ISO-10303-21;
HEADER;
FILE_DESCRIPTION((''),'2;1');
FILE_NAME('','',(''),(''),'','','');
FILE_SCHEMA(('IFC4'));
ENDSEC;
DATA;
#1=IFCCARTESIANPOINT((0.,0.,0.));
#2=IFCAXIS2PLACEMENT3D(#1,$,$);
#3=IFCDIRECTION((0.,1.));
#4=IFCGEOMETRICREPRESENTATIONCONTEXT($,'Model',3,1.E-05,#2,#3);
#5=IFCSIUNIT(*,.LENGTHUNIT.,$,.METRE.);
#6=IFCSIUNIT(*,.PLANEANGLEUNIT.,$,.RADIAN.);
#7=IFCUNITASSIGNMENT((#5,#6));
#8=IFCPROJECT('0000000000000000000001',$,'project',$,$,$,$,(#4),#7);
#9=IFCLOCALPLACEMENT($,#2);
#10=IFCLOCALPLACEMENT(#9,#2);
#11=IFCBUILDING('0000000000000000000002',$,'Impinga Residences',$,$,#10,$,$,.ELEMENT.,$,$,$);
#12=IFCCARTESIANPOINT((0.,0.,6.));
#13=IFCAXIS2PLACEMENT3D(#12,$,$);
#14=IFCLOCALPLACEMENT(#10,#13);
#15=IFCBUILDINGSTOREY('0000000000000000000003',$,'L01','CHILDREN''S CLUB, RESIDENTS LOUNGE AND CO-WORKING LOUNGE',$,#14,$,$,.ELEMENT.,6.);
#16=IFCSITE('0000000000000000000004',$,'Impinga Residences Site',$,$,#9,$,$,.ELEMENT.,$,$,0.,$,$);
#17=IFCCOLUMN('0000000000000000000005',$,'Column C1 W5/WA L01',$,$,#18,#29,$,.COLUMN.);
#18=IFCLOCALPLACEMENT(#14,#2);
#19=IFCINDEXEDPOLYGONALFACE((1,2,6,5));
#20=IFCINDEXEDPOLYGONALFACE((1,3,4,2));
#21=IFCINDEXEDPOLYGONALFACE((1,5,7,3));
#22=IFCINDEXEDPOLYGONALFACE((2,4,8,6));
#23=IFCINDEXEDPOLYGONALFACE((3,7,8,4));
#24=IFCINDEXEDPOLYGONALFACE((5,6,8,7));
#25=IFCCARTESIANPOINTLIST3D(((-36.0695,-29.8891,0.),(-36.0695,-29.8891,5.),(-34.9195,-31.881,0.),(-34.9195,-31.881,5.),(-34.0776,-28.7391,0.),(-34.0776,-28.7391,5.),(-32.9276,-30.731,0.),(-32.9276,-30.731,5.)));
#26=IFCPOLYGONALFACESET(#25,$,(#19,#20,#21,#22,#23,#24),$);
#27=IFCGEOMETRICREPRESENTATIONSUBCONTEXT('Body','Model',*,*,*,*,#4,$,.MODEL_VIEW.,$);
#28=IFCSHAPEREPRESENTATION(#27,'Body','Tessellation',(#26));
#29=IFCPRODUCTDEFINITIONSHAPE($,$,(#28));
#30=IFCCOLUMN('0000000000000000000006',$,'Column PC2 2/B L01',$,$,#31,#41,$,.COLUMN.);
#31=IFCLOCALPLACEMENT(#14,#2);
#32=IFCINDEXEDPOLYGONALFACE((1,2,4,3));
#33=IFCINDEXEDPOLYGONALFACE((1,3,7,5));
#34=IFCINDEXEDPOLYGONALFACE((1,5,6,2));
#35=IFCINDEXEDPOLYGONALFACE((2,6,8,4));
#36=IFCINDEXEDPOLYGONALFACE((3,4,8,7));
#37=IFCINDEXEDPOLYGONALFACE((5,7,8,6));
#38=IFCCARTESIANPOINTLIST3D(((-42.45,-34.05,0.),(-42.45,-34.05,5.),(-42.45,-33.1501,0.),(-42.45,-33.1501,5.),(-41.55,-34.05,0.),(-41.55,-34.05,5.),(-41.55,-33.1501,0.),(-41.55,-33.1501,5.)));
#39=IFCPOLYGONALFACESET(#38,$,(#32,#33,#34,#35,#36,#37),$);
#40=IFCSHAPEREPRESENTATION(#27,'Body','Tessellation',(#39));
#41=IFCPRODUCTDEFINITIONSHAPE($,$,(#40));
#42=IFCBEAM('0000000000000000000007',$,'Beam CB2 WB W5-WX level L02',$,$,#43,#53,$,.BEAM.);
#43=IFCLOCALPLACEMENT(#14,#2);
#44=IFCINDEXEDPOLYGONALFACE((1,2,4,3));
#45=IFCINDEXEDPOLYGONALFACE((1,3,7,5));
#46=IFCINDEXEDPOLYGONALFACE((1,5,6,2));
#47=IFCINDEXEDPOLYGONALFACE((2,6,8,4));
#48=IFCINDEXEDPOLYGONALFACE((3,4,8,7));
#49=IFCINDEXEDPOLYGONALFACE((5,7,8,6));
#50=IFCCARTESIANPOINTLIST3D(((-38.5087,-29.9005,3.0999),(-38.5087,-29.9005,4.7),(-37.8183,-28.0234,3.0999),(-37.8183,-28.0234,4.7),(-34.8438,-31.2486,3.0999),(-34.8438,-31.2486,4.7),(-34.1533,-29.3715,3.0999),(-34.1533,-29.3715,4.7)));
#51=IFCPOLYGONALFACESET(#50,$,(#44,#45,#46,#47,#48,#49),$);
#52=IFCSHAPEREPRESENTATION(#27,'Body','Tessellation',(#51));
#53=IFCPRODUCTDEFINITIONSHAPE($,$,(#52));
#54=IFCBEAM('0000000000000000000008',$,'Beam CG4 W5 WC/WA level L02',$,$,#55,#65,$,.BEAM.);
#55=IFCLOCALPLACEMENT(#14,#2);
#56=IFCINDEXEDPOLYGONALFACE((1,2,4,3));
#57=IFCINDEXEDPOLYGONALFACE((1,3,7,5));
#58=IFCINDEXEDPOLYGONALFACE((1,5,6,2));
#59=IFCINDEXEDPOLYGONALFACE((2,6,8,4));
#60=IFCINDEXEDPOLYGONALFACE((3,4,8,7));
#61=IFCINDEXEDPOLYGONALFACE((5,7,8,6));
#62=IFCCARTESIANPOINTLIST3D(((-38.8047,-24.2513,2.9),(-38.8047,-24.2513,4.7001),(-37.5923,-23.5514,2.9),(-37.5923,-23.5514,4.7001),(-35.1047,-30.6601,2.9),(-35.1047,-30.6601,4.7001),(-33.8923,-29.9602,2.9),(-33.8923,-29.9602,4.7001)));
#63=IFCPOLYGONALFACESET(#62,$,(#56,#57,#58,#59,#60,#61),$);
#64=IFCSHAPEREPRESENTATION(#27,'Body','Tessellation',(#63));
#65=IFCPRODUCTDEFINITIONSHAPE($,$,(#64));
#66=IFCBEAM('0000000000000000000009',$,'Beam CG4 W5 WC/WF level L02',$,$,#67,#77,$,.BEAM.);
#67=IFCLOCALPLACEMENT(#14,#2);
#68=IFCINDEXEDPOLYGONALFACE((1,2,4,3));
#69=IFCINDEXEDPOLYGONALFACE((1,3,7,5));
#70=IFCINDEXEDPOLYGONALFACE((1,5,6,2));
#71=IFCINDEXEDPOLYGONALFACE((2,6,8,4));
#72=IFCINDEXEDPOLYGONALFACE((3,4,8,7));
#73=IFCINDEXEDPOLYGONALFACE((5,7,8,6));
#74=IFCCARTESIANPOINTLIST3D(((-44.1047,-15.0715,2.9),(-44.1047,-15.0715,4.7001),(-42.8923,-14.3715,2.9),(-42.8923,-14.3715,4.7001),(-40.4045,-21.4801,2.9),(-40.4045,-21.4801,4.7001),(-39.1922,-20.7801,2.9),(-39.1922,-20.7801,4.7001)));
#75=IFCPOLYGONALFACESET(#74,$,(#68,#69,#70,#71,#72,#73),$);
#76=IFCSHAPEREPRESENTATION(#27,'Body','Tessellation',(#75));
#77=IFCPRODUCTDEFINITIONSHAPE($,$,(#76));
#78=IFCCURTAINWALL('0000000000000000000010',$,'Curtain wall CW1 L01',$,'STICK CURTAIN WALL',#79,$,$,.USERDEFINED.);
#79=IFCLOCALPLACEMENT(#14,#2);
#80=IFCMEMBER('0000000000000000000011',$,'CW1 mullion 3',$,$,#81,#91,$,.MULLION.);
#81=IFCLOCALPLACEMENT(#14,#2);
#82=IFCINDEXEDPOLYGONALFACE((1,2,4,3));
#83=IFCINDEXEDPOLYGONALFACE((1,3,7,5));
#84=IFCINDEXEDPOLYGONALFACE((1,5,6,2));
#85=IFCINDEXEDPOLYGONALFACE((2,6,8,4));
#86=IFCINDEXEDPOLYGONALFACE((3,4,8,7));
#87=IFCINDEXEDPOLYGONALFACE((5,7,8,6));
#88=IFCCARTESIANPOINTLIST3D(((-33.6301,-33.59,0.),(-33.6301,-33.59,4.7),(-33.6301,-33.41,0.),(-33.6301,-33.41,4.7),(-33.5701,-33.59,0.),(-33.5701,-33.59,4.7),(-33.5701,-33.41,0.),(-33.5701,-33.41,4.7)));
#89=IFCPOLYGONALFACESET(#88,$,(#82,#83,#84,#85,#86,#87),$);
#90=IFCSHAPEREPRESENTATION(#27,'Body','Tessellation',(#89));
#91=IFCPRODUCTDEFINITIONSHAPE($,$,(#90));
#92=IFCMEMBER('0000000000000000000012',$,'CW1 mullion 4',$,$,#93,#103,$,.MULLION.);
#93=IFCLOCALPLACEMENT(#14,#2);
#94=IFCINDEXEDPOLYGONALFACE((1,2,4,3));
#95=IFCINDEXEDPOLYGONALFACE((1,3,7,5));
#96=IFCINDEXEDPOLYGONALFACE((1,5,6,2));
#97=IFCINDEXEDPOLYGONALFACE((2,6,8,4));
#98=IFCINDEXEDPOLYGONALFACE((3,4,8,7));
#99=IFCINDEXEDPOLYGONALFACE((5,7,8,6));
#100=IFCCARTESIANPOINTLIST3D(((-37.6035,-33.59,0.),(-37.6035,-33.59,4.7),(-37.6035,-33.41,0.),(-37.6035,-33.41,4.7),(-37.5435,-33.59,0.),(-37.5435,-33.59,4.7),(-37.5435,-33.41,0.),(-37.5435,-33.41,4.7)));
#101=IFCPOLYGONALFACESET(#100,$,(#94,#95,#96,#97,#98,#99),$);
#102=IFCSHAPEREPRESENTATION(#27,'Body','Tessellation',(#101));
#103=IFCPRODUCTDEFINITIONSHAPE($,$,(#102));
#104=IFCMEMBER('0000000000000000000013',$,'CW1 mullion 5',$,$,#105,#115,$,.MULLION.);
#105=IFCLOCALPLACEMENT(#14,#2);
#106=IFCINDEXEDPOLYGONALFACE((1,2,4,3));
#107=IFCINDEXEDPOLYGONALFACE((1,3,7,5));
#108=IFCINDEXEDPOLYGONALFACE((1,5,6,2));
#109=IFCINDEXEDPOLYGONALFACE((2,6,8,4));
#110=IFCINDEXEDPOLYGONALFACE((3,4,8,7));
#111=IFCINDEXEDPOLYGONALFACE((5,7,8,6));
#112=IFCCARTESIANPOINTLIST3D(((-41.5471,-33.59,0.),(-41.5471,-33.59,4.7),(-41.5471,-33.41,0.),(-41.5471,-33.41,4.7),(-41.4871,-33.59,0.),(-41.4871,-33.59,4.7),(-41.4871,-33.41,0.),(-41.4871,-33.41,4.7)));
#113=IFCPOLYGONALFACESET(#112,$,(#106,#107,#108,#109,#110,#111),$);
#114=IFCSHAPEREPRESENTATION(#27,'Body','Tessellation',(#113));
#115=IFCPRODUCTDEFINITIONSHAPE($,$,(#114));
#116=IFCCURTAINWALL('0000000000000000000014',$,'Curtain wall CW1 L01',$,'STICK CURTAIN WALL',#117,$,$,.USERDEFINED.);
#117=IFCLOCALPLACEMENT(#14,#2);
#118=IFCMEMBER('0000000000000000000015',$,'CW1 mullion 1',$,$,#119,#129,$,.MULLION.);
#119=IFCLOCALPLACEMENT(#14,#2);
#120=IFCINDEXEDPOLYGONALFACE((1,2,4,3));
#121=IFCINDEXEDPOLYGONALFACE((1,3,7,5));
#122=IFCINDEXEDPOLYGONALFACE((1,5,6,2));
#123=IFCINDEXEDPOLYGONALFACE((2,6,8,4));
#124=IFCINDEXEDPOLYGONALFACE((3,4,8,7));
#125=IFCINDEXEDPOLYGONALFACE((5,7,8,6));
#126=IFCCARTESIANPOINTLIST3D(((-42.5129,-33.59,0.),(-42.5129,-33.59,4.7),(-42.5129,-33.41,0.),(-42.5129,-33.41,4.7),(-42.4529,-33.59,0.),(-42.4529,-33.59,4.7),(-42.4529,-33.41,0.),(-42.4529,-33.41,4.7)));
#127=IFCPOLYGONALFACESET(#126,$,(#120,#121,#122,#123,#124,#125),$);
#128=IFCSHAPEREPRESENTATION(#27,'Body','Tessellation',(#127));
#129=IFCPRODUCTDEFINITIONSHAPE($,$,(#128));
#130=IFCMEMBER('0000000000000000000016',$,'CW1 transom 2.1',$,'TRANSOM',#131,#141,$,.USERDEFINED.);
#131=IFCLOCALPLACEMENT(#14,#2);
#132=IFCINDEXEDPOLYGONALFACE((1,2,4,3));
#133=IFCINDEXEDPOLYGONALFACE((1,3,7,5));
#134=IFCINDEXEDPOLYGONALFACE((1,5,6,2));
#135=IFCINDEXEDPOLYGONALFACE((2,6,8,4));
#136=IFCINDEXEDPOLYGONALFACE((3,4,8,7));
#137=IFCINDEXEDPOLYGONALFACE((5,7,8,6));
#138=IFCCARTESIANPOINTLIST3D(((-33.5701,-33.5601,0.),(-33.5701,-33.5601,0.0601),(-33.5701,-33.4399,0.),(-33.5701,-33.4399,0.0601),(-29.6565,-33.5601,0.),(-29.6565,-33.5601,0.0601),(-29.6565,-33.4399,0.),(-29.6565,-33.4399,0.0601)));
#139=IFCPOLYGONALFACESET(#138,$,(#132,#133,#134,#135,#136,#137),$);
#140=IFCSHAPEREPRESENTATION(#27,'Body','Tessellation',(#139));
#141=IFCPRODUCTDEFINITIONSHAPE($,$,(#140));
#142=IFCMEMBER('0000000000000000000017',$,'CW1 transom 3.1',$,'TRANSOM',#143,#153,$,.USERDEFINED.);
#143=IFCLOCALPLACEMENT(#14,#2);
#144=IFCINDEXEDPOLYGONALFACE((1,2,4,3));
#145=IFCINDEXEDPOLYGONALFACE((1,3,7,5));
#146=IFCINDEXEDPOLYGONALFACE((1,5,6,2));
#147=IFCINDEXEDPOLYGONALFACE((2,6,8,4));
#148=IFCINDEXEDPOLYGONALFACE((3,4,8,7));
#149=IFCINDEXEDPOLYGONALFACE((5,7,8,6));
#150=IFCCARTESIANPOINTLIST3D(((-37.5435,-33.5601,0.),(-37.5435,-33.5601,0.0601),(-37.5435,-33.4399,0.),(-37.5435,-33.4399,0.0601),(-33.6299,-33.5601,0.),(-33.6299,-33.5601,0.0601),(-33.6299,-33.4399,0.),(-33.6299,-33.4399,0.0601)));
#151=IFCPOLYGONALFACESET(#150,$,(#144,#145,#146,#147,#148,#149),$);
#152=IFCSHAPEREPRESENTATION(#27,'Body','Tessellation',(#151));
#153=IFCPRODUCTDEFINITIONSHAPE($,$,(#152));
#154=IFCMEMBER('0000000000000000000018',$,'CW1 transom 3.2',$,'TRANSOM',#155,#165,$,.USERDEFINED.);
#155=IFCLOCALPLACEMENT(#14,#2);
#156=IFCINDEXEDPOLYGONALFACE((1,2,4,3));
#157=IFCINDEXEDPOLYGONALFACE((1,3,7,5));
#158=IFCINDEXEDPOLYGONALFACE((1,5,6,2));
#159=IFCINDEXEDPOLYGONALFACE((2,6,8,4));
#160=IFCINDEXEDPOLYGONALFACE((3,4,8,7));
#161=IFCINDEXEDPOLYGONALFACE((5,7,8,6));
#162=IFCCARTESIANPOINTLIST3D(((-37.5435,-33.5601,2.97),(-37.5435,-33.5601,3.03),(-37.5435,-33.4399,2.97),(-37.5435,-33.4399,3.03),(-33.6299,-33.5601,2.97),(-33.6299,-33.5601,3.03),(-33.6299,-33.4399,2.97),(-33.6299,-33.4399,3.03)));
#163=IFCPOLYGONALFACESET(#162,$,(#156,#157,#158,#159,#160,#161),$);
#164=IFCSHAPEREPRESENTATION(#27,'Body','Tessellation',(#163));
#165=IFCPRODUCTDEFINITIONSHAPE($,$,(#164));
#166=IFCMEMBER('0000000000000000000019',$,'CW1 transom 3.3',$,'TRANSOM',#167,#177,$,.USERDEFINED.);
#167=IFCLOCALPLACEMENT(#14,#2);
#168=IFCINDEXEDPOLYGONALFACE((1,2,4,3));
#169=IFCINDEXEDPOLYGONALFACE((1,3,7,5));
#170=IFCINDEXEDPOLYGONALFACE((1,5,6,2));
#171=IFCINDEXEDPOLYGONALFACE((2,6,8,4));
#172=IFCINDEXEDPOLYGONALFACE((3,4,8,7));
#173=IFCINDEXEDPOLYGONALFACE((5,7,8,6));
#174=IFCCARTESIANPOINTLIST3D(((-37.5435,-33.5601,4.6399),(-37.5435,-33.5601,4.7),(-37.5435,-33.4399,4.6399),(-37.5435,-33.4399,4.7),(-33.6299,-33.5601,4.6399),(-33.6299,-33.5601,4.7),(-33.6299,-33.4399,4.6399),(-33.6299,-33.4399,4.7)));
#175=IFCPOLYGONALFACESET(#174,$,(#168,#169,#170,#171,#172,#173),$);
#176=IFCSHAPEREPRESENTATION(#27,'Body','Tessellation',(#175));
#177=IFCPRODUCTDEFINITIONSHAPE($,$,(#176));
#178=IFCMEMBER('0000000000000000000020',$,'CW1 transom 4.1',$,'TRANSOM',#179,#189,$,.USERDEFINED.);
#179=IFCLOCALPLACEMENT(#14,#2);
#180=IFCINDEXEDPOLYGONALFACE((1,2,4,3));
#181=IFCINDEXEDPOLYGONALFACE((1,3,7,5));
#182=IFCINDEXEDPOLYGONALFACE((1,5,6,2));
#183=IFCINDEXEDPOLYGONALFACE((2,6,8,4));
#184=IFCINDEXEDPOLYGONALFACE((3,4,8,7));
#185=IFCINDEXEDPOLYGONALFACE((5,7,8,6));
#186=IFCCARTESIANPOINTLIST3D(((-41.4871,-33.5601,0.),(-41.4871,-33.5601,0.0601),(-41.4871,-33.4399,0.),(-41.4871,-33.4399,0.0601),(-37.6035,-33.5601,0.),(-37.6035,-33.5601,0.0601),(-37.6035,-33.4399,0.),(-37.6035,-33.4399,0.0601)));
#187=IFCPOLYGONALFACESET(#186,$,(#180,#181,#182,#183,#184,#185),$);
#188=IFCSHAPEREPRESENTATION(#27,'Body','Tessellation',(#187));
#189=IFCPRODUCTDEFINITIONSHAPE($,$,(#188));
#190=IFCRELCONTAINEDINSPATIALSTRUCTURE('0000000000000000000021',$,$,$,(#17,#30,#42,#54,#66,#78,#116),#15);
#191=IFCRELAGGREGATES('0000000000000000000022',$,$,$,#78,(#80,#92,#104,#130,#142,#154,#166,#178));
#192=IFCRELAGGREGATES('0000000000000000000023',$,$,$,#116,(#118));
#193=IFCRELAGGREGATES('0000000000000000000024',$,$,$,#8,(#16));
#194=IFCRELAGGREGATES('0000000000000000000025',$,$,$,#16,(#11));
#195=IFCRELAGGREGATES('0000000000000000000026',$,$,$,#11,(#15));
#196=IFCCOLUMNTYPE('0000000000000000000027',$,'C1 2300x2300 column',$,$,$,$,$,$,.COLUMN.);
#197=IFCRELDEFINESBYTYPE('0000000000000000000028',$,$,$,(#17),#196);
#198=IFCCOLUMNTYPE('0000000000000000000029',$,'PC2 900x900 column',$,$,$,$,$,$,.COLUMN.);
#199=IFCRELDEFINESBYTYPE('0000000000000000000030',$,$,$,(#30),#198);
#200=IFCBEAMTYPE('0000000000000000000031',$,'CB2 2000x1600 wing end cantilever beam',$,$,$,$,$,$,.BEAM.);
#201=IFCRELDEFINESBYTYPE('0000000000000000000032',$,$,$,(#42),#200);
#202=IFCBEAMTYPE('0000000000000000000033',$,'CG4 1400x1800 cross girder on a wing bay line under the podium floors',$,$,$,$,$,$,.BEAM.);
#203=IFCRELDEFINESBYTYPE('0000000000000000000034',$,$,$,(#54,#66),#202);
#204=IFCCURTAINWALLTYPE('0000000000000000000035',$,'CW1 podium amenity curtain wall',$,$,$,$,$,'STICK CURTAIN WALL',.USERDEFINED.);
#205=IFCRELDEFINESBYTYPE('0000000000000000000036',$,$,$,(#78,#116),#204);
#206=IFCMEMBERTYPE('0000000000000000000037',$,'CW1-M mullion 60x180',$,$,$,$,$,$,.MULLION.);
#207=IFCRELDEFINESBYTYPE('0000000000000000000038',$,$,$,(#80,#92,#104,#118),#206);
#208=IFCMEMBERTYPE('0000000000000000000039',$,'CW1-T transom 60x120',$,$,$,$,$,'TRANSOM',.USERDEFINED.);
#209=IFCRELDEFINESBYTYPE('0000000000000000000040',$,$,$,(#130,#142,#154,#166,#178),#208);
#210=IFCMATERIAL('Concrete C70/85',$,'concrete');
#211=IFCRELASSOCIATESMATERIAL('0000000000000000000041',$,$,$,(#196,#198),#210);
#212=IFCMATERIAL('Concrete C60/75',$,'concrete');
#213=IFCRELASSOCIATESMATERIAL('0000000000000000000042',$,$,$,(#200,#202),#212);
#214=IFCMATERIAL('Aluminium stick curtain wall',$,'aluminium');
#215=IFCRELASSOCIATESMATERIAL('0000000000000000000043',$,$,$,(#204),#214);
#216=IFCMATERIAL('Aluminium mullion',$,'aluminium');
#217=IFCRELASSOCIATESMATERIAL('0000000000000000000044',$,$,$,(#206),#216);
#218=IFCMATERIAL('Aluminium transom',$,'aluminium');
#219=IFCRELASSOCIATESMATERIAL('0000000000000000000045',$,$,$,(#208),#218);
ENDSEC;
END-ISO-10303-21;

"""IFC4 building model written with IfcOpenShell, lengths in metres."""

from ifc_helpers import new_model, si_unit, direction, frame, origin, origin_2d, place, context, subcontext, project, spatial, rectangle, extrude, material, material_profile, profile_set, type_object, element, aggregate, save


model = new_model("IFC4")

# Units and contexts
model_context = context("Model", 3, precision=1e-05, world=origin(), true_north=direction((0.0, 1.0)))
body_context = subcontext(model_context, "Body", "Model", "MODEL_VIEW")
ifc_project = project(units=[si_unit("LENGTHUNIT", "METRE"), si_unit("PLANEANGLEUNIT", "RADIAN")], contexts=[model_context])

# Site, building, storey
site_placement = place(None, origin())
site = spatial("IfcSite", under=ifc_project, at=site_placement, Name="Impinga Residences Site", CompositionType="ELEMENT", RefElevation=0.0)
building_placement = place(site_placement, origin())
building = spatial("IfcBuilding", under=site, at=building_placement, Name="Impinga Residences", CompositionType="ELEMENT")
storey_placement = place(building_placement, frame((0.0, 0.0, 6.0)))
storey = spatial("IfcBuildingStorey", under=building, at=storey_placement, Name="L01", Description="CHILDREN'S CLUB, RESIDENTS LOUNGE AND CO-WORKING LOUNGE", CompositionType="ELEMENT", Elevation=6.0)

# Columns
ifc_material_1 = material(Name="Concrete C70/85", Category="concrete")
ifc_material_profile_1 = material_profile(ifc_material_1, rectangle(XDim=2.3, YDim=2.3, at=origin_2d()), Name="RC 2300x2300")
ifc_profile_set_1 = profile_set([ifc_material_profile_1], Name="Concrete C70/85")
column_type_1 = type_object("IfcColumnType", Name="C1 2300x2300 column", PredefinedType="COLUMN", material=ifc_profile_set_1)
column_1_placement = place(storey_placement, frame((-34.4985, -30.3101, 0.0), z_axis=(0.0, 0.0, 1.0), x_axis=(-0.5, 0.866025, 0.0)))
element("IfcColumn", 1, at=column_1_placement, inside=storey, type_object=column_type_1, Name="Column C1 W5/WA L01", PredefinedType="COLUMN", context=body_context, shape_type="SweptSolid", body=[
    extrude(rectangle(XDim=2.3, YDim=2.3, at=origin_2d()), origin(), (0.0, 0.0, 1.0), 5.0),
])
ifc_material_profile_2 = material_profile(ifc_material_1, rectangle(XDim=0.8999, YDim=0.8999, at=origin_2d()), Name="RC 900x900")
ifc_profile_set_2 = profile_set([ifc_material_profile_2], Name="Concrete C70/85")
column_type_2 = type_object("IfcColumnType", Name="PC2 900x900 column", PredefinedType="COLUMN", material=ifc_profile_set_2)
column_2_placement = place(storey_placement, frame((-42.0, -33.6001, 0.0), z_axis=(0.0, 0.0, 1.0), x_axis=(1.0, 0.0, 0.0)))
element("IfcColumn", 2, at=column_2_placement, inside=storey, type_object=column_type_2, Name="Column PC2 2/B L01", PredefinedType="COLUMN", context=body_context, shape_type="SweptSolid", body=[
    extrude(rectangle(XDim=0.8999, YDim=0.8999, at=origin_2d()), origin(), (0.0, 0.0, 1.0), 5.0),
])

# Beams
ifc_material_2 = material(Name="Concrete C60/75", Category="concrete")
ifc_material_profile_3 = material_profile(ifc_material_2, rectangle(XDim=2.0, YDim=1.6001, at=origin_2d()), Name="RC 2000x1600")
ifc_profile_set_3 = profile_set([ifc_material_profile_3], Name="Concrete C60/75")
beam_type_1 = type_object("IfcBeamType", Name="CB2 2000x1600 wing end cantilever beam", PredefinedType="BEAM", material=ifc_profile_set_3)
beam_placement = place(storey_placement, frame((-34.4985, -30.3101, 3.8999), z_axis=(-0.93852, 0.345224, 0.0), x_axis=(-0.345224, -0.93852, 0.0)))
element("IfcBeam", 3, at=beam_placement, inside=storey, type_object=beam_type_1, Name="Beam CB2 WB W5-WX level L02", PredefinedType="BEAM", context=body_context, shape_type="SweptSolid", body=[
    extrude(rectangle(XDim=2.0, YDim=1.6001, at=origin_2d()), origin(), (0.0, 0.0, 1.0), 3.905),
])
ifc_material_profile_4 = material_profile(ifc_material_2, rectangle(XDim=1.3999, YDim=1.8, at=origin_2d()), Name="RC 1400x1800")
ifc_profile_set_4 = profile_set([ifc_material_profile_4], Name="Concrete C60/75")
beam_type_2 = type_object("IfcBeamType", Name="CG4 1400x1800 cross girder on a wing bay line under the podium floors", PredefinedType="BEAM", material=ifc_profile_set_4)
for number, where, z_axis, x_axis, name in (
    (4, (-38.1985, -23.9014, 3.8), (0.499989, -0.866032, 0.0), (0.866032, 0.499989, 0.0), "Beam CG4 W5 WC/WA level L02"),
    (5, (-39.7983, -21.1301, 3.8), (-0.500014, 0.866017, 0.0), (-0.866017, -0.500014, 0.0), "Beam CG4 W5 WC/WF level L02"),
):
    element("IfcBeam", number, at=place(storey_placement, frame(where, z_axis=z_axis, x_axis=x_axis)), inside=storey, type_object=beam_type_2, Name=name, PredefinedType="BEAM", context=body_context, shape_type="SweptSolid", body=[
        extrude(rectangle(XDim=1.3999, YDim=1.8, at=origin_2d()), origin(), (0.0, 0.0, 1.0), 7.4001),
    ])

# Curtain wall, members
ifc_material_3 = material(Name="Aluminium stick curtain wall", Category="aluminium")
curtain_wall_type = type_object("IfcCurtainWallType", Name="CW1 podium amenity curtain wall", ElementType="STICK CURTAIN WALL", PredefinedType="USERDEFINED", material=ifc_material_3)
curtain_wall_1_placement = place(storey_placement, origin())
curtain_wall_1 = element("IfcCurtainWall", 6, at=curtain_wall_1_placement, inside=storey, type_object=curtain_wall_type, Name="Curtain wall CW1 L01", ObjectType="STICK CURTAIN WALL", PredefinedType="USERDEFINED")
ifc_material_4 = material(Name="Aluminium mullion", Category="aluminium")
ifc_material_profile_5 = material_profile(ifc_material_4, rectangle(XDim=0.0601, YDim=0.1799, at=origin_2d()), Name="60x180 mullion")
ifc_profile_set_5 = profile_set([ifc_material_profile_5], Name="Aluminium mullion")
member_type_1 = type_object("IfcMemberType", Name="CW1-M mullion 60x180", PredefinedType="MULLION", material=ifc_profile_set_5)
member_1_placement = place(storey_placement, frame((-33.6001, -33.5, 0.0), z_axis=(0.0, 0.0, 1.0), x_axis=(-1.0, 0.0, 0.0)))
member_1 = element("IfcMember", 7, at=member_1_placement, type_object=member_type_1, Name="CW1 mullion 3", PredefinedType="MULLION", context=body_context, shape_type="SweptSolid", body=[
    extrude(rectangle(XDim=0.0601, YDim=0.1799, at=origin_2d()), origin(), (0.0, 0.0, 1.0), 4.7),
])
member_2_placement = place(storey_placement, frame((-37.5735, -33.5, 0.0), z_axis=(0.0, 0.0, 1.0), x_axis=(-1.0, 0.0, 0.0)))
member_2 = element("IfcMember", 8, at=member_2_placement, type_object=member_type_1, Name="CW1 mullion 4", PredefinedType="MULLION", context=body_context, shape_type="SweptSolid", body=[
    extrude(rectangle(XDim=0.0601, YDim=0.1799, at=origin_2d()), origin(), (0.0, 0.0, 1.0), 4.7),
])
member_3_placement = place(storey_placement, frame((-41.5171, -33.5, 0.0), z_axis=(0.0, 0.0, 1.0), x_axis=(-1.0, 0.0, 0.0)))
member_3 = element("IfcMember", 9, at=member_3_placement, type_object=member_type_1, Name="CW1 mullion 5", PredefinedType="MULLION", context=body_context, shape_type="SweptSolid", body=[
    extrude(rectangle(XDim=0.0601, YDim=0.1799, at=origin_2d()), origin(), (0.0, 0.0, 1.0), 4.7),
])

# Curtain wall, member
curtain_wall_2_placement = place(storey_placement, origin())
curtain_wall_2 = element("IfcCurtainWall", 10, at=curtain_wall_2_placement, inside=storey, type_object=curtain_wall_type, Name="Curtain wall CW1 L01", ObjectType="STICK CURTAIN WALL", PredefinedType="USERDEFINED")
member_4_placement = place(storey_placement, frame((-42.4829, -33.5, 0.0), z_axis=(0.0, 0.0, 1.0), x_axis=(-1.0, 0.0, 0.0)))
member_4 = element("IfcMember", 11, at=member_4_placement, type_object=member_type_1, Name="CW1 mullion 1", PredefinedType="MULLION", context=body_context, shape_type="SweptSolid", body=[
    extrude(rectangle(XDim=0.0601, YDim=0.1799, at=origin_2d()), origin(), (0.0, 0.0, 1.0), 4.7),
])

# Members
ifc_material_5 = material(Name="Aluminium transom", Category="aluminium")
ifc_material_profile_6 = material_profile(ifc_material_5, rectangle(XDim=0.0601, YDim=0.1201, at=origin_2d()), Name="60x120 transom")
ifc_profile_set_6 = profile_set([ifc_material_profile_6], Name="Aluminium transom")
member_type_2 = type_object("IfcMemberType", Name="CW1-T transom 60x120", ElementType="TRANSOM", PredefinedType="USERDEFINED", material=ifc_profile_set_6)
member_5_placement = place(storey_placement, frame((-29.6565, -33.5, 0.03), z_axis=(-1.0, 0.0, 0.0), x_axis=(0.0, 0.0, 1.0)))
member_5 = element("IfcMember", 12, at=member_5_placement, type_object=member_type_2, Name="CW1 transom 2.1", ObjectType="TRANSOM", PredefinedType="USERDEFINED", context=body_context, shape_type="SweptSolid", body=[
    extrude(rectangle(XDim=0.0601, YDim=0.1201, at=origin_2d()), origin(), (0.0, 0.0, 1.0), 3.9136),
])
member_6_placement = place(storey_placement, frame((-33.6299, -33.5, 0.03), z_axis=(-1.0, 0.0, 0.0), x_axis=(0.0, 0.0, 1.0)))
member_6 = element("IfcMember", 13, at=member_6_placement, type_object=member_type_2, Name="CW1 transom 3.1", ObjectType="TRANSOM", PredefinedType="USERDEFINED", context=body_context, shape_type="SweptSolid", body=[
    extrude(rectangle(XDim=0.0601, YDim=0.1201, at=origin_2d()), origin(), (0.0, 0.0, 1.0), 3.9136),
])
member_7_placement = place(storey_placement, frame((-33.6299, -33.5, 3.0), z_axis=(-1.0, 0.0, 0.0), x_axis=(0.0, 0.0, 1.0)))
member_7 = element("IfcMember", 14, at=member_7_placement, type_object=member_type_2, Name="CW1 transom 3.2", ObjectType="TRANSOM", PredefinedType="USERDEFINED", context=body_context, shape_type="SweptSolid", body=[
    extrude(rectangle(XDim=0.0601, YDim=0.1201, at=origin_2d()), origin(), (0.0, 0.0, 1.0), 3.9136),
])
member_8_placement = place(storey_placement, frame((-33.6299, -33.5, 4.6699), z_axis=(-1.0, 0.0, 0.0), x_axis=(0.0, 0.0, 1.0)))
member_8 = element("IfcMember", 15, at=member_8_placement, type_object=member_type_2, Name="CW1 transom 3.3", ObjectType="TRANSOM", PredefinedType="USERDEFINED", context=body_context, shape_type="SweptSolid", body=[
    extrude(rectangle(XDim=0.0601, YDim=0.1201, at=origin_2d()), origin(), (0.0, 0.0, 1.0), 3.9136),
])
member_9_placement = place(storey_placement, frame((-37.6035, -33.5, 0.03), z_axis=(-1.0, 0.0, 0.0), x_axis=(0.0, 0.0, 1.0)))
member_9 = element("IfcMember", 16, at=member_9_placement, type_object=member_type_2, Name="CW1 transom 4.1", ObjectType="TRANSOM", PredefinedType="USERDEFINED", context=body_context, shape_type="SweptSolid", body=[
    extrude(rectangle(XDim=0.0601, YDim=0.1201, at=origin_2d()), origin(), (0.0, 0.0, 1.0), 3.8835),
])

aggregate(curtain_wall_1, [member_1, member_2, member_3, member_5, member_6, member_7, member_8, member_9])
aggregate(curtain_wall_2, [member_4])

save(model, "model.ifc")
